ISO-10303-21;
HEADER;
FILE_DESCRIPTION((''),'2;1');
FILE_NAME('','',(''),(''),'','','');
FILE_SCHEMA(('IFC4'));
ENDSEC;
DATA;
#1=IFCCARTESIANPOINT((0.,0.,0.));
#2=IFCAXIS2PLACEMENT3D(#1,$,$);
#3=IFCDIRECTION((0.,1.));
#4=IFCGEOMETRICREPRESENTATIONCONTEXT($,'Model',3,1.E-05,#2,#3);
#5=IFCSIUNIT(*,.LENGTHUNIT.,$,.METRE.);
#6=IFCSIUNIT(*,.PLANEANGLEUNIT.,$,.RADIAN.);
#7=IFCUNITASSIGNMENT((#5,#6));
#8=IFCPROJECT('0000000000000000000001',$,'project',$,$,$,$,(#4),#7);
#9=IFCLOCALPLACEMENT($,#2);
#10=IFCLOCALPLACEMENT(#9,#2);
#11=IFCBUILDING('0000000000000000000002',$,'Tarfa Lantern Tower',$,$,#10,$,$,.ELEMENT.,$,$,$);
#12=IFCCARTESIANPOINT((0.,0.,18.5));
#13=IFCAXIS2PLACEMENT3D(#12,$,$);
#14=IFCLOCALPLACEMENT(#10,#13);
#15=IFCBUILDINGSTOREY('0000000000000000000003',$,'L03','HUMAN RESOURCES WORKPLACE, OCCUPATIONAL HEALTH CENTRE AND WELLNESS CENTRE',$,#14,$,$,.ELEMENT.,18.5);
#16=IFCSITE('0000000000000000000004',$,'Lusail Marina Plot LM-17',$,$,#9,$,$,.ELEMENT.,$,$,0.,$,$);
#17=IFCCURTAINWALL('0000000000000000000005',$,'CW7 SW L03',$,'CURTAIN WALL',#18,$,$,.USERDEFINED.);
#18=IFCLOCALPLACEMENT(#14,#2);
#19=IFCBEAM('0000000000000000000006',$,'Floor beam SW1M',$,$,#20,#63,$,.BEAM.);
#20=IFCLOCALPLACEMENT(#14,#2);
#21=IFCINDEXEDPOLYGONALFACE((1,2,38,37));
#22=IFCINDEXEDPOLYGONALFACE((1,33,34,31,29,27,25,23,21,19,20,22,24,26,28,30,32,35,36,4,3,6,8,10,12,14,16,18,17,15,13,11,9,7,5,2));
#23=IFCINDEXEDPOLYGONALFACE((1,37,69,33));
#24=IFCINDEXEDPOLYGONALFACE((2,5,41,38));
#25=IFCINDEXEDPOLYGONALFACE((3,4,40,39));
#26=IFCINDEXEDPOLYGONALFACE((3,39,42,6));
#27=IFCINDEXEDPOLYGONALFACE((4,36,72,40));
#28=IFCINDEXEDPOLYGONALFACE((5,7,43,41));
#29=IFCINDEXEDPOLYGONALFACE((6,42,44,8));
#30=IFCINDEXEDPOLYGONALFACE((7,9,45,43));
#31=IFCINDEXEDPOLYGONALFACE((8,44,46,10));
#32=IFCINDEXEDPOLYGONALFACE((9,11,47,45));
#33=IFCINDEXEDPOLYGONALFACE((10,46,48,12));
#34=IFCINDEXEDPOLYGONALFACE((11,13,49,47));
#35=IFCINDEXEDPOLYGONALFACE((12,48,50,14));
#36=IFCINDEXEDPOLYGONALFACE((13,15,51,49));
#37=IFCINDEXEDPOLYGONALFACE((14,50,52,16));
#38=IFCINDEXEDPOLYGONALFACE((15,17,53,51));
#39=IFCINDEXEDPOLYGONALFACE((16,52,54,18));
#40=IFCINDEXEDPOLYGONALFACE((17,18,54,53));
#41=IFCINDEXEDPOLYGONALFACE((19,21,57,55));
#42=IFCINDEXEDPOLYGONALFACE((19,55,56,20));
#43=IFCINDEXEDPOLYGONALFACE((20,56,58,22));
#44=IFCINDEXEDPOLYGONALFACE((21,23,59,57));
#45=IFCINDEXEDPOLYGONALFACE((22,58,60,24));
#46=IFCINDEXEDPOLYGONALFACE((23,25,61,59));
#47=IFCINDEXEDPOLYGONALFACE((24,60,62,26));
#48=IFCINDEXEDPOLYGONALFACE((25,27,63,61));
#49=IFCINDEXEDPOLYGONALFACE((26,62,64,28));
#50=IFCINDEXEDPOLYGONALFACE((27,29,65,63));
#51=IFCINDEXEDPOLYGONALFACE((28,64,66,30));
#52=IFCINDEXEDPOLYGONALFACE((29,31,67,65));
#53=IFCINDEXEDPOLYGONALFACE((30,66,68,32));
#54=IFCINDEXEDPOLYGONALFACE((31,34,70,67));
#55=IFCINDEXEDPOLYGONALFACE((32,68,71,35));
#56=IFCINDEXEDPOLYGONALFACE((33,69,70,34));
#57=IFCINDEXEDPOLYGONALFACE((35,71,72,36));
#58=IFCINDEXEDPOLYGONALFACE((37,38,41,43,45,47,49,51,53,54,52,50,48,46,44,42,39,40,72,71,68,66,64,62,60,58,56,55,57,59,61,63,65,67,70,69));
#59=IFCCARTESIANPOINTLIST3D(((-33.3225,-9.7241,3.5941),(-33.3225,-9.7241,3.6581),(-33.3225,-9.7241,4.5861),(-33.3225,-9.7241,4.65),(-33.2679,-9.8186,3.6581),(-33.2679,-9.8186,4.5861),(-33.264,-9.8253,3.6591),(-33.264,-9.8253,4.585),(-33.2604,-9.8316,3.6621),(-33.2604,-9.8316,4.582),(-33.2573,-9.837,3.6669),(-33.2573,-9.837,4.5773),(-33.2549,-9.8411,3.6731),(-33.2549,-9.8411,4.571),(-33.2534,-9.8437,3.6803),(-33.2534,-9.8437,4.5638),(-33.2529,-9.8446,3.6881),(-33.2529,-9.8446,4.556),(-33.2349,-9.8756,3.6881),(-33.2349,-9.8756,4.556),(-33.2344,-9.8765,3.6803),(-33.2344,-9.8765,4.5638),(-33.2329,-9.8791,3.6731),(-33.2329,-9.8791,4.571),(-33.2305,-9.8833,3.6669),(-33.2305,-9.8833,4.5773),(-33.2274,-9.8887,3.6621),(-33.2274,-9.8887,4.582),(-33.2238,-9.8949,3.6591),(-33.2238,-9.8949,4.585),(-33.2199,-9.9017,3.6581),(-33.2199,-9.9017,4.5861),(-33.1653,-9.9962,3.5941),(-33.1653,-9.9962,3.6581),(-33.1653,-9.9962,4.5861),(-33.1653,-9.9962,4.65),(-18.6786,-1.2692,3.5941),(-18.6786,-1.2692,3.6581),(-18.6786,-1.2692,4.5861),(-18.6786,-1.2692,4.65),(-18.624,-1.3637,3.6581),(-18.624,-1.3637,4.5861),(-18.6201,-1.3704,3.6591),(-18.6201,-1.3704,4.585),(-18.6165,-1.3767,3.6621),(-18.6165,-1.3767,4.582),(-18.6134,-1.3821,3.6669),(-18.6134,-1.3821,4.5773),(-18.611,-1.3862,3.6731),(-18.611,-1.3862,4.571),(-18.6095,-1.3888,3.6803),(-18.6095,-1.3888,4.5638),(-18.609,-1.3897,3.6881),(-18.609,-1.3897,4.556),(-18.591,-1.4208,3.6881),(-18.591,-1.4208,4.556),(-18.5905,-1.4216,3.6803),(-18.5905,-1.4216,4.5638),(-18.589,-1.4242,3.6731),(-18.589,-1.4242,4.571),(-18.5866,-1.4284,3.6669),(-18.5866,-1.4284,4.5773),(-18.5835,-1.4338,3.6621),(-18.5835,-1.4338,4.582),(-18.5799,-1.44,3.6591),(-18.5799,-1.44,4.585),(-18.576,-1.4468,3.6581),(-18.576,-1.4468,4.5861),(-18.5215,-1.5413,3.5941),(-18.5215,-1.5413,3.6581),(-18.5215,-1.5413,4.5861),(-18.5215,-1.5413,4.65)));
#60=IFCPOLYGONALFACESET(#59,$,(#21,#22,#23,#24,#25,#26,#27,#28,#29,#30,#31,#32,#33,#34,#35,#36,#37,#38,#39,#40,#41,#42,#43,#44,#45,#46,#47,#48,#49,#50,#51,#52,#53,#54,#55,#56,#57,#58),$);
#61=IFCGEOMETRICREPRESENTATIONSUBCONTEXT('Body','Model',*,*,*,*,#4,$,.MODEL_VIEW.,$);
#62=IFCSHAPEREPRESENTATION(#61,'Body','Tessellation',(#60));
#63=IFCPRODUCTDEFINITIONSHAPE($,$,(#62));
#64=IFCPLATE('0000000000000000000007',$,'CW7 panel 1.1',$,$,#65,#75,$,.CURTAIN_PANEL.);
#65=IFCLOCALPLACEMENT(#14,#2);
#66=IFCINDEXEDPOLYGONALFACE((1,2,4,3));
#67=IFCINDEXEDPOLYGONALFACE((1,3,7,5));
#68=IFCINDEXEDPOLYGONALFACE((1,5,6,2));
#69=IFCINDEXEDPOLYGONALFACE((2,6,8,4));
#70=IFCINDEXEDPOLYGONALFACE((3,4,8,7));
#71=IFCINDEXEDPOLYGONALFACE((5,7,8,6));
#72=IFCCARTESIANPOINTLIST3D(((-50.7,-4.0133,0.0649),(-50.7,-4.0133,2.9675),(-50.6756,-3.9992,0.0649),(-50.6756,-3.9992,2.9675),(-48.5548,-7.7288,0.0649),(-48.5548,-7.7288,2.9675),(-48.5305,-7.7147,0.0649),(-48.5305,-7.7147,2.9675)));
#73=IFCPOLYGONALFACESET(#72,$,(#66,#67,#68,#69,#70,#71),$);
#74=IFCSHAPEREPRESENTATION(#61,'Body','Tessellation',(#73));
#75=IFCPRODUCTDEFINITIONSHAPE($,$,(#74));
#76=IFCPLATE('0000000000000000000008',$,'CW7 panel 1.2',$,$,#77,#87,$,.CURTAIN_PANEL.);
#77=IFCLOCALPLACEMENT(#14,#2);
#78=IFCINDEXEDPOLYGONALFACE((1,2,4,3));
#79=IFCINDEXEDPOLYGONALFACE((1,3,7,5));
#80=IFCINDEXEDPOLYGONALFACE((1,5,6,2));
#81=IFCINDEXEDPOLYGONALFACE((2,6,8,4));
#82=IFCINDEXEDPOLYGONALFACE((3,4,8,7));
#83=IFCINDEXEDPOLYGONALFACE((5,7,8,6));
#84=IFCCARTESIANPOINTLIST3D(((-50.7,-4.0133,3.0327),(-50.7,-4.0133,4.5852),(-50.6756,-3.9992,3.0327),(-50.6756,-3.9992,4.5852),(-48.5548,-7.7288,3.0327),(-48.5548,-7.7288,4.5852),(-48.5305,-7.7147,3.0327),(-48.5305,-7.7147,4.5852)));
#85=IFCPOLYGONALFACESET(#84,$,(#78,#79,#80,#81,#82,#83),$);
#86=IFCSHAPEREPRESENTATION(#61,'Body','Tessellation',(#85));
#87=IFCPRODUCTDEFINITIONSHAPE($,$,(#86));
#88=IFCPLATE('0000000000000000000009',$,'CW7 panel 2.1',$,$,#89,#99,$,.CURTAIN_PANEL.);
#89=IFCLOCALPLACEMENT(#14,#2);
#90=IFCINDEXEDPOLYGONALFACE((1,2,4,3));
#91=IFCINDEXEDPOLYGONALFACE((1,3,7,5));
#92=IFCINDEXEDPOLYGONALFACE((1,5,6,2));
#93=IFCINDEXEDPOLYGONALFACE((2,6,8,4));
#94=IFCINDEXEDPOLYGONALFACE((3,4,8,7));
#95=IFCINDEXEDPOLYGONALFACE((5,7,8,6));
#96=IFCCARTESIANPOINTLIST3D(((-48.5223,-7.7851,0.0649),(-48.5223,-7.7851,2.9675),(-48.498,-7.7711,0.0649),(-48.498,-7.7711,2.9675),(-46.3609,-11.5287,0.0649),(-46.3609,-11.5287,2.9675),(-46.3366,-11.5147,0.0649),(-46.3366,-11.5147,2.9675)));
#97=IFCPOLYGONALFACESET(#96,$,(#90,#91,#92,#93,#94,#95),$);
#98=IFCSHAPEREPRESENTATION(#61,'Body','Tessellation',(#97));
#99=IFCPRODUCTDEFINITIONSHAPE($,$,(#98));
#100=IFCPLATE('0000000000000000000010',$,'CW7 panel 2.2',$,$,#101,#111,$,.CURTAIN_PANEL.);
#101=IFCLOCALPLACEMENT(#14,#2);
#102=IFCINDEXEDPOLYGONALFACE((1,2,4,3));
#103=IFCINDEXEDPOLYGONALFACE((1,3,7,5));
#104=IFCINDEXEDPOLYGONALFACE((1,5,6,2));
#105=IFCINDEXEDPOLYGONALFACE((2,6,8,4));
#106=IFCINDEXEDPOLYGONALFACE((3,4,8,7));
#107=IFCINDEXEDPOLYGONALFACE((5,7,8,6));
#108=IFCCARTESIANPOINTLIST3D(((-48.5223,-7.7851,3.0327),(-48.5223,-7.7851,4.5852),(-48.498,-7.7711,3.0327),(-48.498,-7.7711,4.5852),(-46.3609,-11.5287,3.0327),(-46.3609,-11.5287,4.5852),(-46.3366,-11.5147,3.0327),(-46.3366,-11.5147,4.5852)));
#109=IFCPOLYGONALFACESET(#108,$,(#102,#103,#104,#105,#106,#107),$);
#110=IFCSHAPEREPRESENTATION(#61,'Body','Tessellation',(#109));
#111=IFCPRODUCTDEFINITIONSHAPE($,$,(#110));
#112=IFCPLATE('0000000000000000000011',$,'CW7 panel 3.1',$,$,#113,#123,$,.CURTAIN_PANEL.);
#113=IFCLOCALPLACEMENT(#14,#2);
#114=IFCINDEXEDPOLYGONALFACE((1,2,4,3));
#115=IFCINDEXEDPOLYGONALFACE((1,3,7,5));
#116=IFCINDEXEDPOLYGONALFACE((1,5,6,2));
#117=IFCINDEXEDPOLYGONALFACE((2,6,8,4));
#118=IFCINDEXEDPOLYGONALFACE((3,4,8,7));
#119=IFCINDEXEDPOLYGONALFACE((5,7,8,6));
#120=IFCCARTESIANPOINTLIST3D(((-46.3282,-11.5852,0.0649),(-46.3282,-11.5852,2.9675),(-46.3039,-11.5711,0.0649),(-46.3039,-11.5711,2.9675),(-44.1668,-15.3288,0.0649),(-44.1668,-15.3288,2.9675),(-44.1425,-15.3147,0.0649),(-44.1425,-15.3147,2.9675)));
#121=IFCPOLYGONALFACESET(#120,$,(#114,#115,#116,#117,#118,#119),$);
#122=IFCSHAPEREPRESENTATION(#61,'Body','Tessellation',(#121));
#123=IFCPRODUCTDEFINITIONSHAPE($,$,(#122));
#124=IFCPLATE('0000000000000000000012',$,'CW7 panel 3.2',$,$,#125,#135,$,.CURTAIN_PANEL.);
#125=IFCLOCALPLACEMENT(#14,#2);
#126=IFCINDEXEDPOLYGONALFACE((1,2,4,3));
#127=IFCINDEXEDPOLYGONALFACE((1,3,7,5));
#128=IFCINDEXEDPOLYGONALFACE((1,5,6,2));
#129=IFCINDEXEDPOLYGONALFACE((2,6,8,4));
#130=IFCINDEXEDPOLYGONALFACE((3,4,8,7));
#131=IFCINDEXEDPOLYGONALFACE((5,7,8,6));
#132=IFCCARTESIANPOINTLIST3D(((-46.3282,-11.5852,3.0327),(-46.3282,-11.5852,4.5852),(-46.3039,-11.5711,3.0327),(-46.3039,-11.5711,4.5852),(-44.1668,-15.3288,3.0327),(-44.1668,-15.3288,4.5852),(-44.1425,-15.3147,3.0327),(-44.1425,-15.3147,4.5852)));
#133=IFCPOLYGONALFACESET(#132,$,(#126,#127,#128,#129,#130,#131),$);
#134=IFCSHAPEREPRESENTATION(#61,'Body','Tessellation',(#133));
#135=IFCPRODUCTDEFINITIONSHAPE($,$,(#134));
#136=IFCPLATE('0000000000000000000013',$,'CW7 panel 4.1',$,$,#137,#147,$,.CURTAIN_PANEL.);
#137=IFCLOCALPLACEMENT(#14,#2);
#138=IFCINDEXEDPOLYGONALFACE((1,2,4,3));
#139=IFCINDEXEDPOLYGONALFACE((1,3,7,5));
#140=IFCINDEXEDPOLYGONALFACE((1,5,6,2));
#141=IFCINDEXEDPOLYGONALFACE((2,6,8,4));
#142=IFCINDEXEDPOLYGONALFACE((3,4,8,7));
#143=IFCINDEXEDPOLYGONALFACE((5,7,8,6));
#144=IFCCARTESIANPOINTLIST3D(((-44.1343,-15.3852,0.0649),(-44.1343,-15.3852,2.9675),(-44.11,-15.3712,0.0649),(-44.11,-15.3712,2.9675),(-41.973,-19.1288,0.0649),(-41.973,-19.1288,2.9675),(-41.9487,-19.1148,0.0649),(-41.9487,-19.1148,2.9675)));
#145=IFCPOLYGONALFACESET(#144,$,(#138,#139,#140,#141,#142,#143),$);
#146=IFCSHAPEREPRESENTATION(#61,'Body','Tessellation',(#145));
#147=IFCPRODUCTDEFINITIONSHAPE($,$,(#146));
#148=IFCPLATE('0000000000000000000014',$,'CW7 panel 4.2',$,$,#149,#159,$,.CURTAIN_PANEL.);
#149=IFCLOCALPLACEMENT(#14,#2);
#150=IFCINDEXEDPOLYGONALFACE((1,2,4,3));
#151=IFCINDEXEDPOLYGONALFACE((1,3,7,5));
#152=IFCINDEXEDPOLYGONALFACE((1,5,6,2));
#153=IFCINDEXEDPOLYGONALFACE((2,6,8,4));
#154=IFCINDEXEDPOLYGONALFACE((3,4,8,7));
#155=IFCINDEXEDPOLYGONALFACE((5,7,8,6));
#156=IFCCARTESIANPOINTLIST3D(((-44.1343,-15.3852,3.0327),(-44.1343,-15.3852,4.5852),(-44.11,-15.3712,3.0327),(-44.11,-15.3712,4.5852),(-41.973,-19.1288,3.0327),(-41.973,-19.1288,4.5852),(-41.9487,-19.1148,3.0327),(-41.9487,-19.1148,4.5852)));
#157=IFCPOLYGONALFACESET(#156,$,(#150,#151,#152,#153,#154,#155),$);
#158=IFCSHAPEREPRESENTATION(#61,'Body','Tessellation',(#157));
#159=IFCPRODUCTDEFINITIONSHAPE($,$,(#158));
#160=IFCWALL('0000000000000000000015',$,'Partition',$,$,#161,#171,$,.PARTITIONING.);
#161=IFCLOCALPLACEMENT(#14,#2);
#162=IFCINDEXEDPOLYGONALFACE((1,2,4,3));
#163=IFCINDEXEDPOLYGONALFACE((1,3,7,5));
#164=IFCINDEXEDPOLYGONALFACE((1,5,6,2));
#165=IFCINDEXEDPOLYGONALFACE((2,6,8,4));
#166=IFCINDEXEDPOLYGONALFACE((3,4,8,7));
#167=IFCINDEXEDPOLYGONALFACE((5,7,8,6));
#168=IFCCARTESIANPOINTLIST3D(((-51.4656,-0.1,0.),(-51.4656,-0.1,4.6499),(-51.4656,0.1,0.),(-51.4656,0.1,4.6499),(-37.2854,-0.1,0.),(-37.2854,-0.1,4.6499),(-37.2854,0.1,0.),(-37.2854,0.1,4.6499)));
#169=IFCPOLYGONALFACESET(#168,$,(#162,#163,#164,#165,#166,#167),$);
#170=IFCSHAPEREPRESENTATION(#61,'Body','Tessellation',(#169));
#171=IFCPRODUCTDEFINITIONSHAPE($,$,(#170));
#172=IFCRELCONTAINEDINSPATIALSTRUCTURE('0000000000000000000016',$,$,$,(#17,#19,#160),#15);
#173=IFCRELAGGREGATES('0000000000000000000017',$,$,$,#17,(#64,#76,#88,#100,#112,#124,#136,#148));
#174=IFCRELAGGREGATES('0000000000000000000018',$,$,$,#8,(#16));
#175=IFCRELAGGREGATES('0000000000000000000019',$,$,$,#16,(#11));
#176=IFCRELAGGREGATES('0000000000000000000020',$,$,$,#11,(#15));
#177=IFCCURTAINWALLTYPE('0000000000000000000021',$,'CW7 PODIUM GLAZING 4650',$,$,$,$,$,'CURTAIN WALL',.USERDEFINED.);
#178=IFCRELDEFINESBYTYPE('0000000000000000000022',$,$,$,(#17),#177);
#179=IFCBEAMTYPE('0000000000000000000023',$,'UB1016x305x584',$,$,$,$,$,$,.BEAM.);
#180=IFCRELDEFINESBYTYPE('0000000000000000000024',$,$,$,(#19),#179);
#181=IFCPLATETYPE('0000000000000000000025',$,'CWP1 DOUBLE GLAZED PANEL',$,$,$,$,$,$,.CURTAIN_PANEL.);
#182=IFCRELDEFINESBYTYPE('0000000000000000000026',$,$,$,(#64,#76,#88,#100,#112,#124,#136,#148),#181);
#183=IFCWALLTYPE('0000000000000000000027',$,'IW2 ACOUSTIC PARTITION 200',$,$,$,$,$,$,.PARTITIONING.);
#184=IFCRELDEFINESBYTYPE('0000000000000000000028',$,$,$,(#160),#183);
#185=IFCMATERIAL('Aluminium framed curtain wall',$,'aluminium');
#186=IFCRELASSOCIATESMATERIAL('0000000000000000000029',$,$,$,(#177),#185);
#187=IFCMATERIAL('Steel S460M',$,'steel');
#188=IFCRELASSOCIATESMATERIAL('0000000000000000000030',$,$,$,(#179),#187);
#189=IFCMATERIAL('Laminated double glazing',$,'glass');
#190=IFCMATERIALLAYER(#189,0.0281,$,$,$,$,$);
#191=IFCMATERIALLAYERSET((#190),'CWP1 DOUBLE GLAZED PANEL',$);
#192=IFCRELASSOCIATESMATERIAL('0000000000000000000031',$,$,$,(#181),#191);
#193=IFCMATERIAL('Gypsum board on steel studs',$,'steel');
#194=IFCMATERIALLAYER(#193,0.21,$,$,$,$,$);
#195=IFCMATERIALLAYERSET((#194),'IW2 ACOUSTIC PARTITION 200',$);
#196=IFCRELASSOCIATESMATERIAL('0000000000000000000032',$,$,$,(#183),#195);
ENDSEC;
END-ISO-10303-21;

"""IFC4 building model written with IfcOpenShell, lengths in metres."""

from ifc_helpers import new_model, si_unit, direction, frame, frame_2d, origin, origin_2d, place, context, subcontext, project, spatial, rectangle, i_section, extrude, material, layer, layer_set, material_profile, profile_set, type_object, element, aggregate, save


model = new_model("IFC4")

# Units and contexts
model_context = context("Model", 3, precision=1e-05, world=origin(), true_north=direction((0.0, 1.0)))
body_context = subcontext(model_context, "Body", "Model", "MODEL_VIEW")
ifc_project = project(units=[si_unit("LENGTHUNIT", "METRE"), si_unit("PLANEANGLEUNIT", "RADIAN")], contexts=[model_context])

# Site, building, storey
site_placement = place(None, origin())
site = spatial("IfcSite", under=ifc_project, at=site_placement, Name="Lusail Marina Plot LM-17", CompositionType="ELEMENT", RefElevation=0.0)
building_placement = place(site_placement, origin())
building = spatial("IfcBuilding", under=site, at=building_placement, Name="Tarfa Lantern Tower", CompositionType="ELEMENT")
storey_placement = place(building_placement, frame((0.0, 0.0, 18.5)))
storey = spatial("IfcBuildingStorey", under=building, at=storey_placement, Name="L03", Description="HUMAN RESOURCES WORKPLACE, OCCUPATIONAL HEALTH CENTRE AND WELLNESS CENTRE", CompositionType="ELEMENT", Elevation=18.5)

# Curtain wall
ifc_material_1 = material(Name="Aluminium framed curtain wall", Category="aluminium")
curtain_wall_type = type_object("IfcCurtainWallType", Name="CW7 PODIUM GLAZING 4650", ElementType="CURTAIN WALL", PredefinedType="USERDEFINED", material=ifc_material_1)
curtain_wall_placement = place(storey_placement, origin())
curtain_wall = element("IfcCurtainWall", 1, at=curtain_wall_placement, inside=storey, type_object=curtain_wall_type, Name="CW7 SW L03", ObjectType="CURTAIN WALL", PredefinedType="USERDEFINED")

# Beam
ifc_material_2 = material(Name="Steel S460M", Category="steel")
ifc_material_profile_1 = material_profile(ifc_material_2, i_section(OverallWidth=0.3142, OverallDepth=1.0559, WebThickness=0.0359, FlangeThickness=0.064, FilletRadius=0.03, at=origin_2d()), Name="UB1016x305x584")
ifc_profile_set_1 = profile_set([ifc_material_profile_1], Name="Steel S460M")
beam_type_1 = type_object("IfcBeamType", Name="UB1016x305x584", PredefinedType="BEAM", material=ifc_profile_set_1)
beam_1_placement = place(storey_placement, frame((-33.2439, -9.8601, 4.1221), z_axis=(0.866019, 0.50001, 0.0), x_axis=(-0.50001, 0.866019, 0.0)))
element("IfcBeam", 2, at=beam_1_placement, inside=storey, type_object=beam_type_1, Name="Floor beam SW1M", PredefinedType="BEAM", context=body_context, shape_type="SweptSolid", body=[
    extrude(i_section(OverallWidth=0.3142, OverallDepth=1.0559, WebThickness=0.0359, FlangeThickness=0.064, FilletRadius=0.03, at=origin_2d()), origin(), (0.0, 0.0, 1.0), 16.9094),
])

# Plates
ifc_material_3 = material(Name="Laminated double glazing", Category="glass")
ifc_layer_1 = layer(ifc_material_3, 0.0281)
ifc_layer_set_1 = layer_set([ifc_layer_1], Name="CWP1 DOUBLE GLAZED PANEL")
plate_type = type_object("IfcPlateType", Name="CWP1 DOUBLE GLAZED PANEL", PredefinedType="CURTAIN_PANEL", material=ifc_layer_set_1)
plate_1_placement = place(storey_placement, frame((-49.6152, -5.864, 0.0649), z_axis=(0.0, 0.0, 1.0), x_axis=(0.5, -0.866025, 0.0)))
plate_1 = element("IfcPlate", 3, at=plate_1_placement, type_object=plate_type, Name="CW7 panel 1.1", PredefinedType="CURTAIN_PANEL", context=body_context, shape_type="SweptSolid", body=[
    extrude(rectangle(XDim=4.2903, YDim=0.0281, at=origin_2d()), origin(), (0.0, 0.0, 1.0), 2.9026),
])
plate_2_placement = place(storey_placement, frame((-49.6152, -5.864, 3.0327), z_axis=(0.0, 0.0, 1.0), x_axis=(0.5, -0.866025, 0.0)))
plate_2 = element("IfcPlate", 4, at=plate_2_placement, type_object=plate_type, Name="CW7 panel 1.2", PredefinedType="CURTAIN_PANEL", context=body_context, shape_type="SweptSolid", body=[
    extrude(rectangle(XDim=4.2903, YDim=0.0281, at=origin_2d()), origin(), (0.0, 0.0, 1.0), 1.5525),
])
plate_3_placement = place(storey_placement, frame((-47.4294, -9.6499, 0.0649), z_axis=(0.0, 0.0, 1.0), x_axis=(0.5, -0.866025, 0.0)))
plate_3 = element("IfcPlate", 5, at=plate_3_placement, type_object=plate_type, Name="CW7 panel 2.1", PredefinedType="CURTAIN_PANEL", context=body_context, shape_type="SweptSolid", body=[
    extrude(rectangle(XDim=4.3228, YDim=0.0281, at=origin_2d()), origin(), (0.0, 0.0, 1.0), 2.9026),
])
plate_4_placement = place(storey_placement, frame((-47.4294, -9.6499, 3.0327), z_axis=(0.0, 0.0, 1.0), x_axis=(0.5, -0.866025, 0.0)))
plate_4 = element("IfcPlate", 6, at=plate_4_placement, type_object=plate_type, Name="CW7 panel 2.2", PredefinedType="CURTAIN_PANEL", context=body_context, shape_type="SweptSolid", body=[
    extrude(rectangle(XDim=4.3228, YDim=0.0281, at=origin_2d()), origin(), (0.0, 0.0, 1.0), 1.5525),
])
plate_5_placement = place(storey_placement, frame((-45.2354, -13.45, 0.0649), z_axis=(0.0, 0.0, 1.0), x_axis=(0.5, -0.866025, 0.0)))
plate_5 = element("IfcPlate", 7, at=plate_5_placement, type_object=plate_type, Name="CW7 panel 3.1", PredefinedType="CURTAIN_PANEL", context=body_context, shape_type="SweptSolid", body=[
    extrude(rectangle(XDim=4.3228, YDim=0.0281, at=origin_2d()), origin(), (0.0, 0.0, 1.0), 2.9026),
])
plate_6_placement = place(storey_placement, frame((-45.2354, -13.45, 3.0327), z_axis=(0.0, 0.0, 1.0), x_axis=(0.5, -0.866025, 0.0)))
plate_6 = element("IfcPlate", 8, at=plate_6_placement, type_object=plate_type, Name="CW7 panel 3.2", PredefinedType="CURTAIN_PANEL", context=body_context, shape_type="SweptSolid", body=[
    extrude(rectangle(XDim=4.3228, YDim=0.0281, at=origin_2d()), origin(), (0.0, 0.0, 1.0), 1.5525),
])
plate_7_placement = place(storey_placement, frame((-43.0415, -17.25, 0.0649), z_axis=(0.0, 0.0, 1.0), x_axis=(0.5, -0.866025, 0.0)))
plate_7 = element("IfcPlate", 9, at=plate_7_placement, type_object=plate_type, Name="CW7 panel 4.1", PredefinedType="CURTAIN_PANEL", context=body_context, shape_type="SweptSolid", body=[
    extrude(rectangle(XDim=4.3228, YDim=0.0281, at=origin_2d()), origin(), (0.0, 0.0, 1.0), 2.9026),
])
plate_8_placement = place(storey_placement, frame((-43.0415, -17.25, 3.0327), z_axis=(0.0, 0.0, 1.0), x_axis=(0.5, -0.866025, 0.0)))
plate_8 = element("IfcPlate", 10, at=plate_8_placement, type_object=plate_type, Name="CW7 panel 4.2", PredefinedType="CURTAIN_PANEL", context=body_context, shape_type="SweptSolid", body=[
    extrude(rectangle(XDim=4.3228, YDim=0.0281, at=origin_2d()), origin(), (0.0, 0.0, 1.0), 1.5525),
])
aggregate(curtain_wall, [plate_1, plate_2, plate_3, plate_4, plate_5, plate_6, plate_7, plate_8])

# Wall
ifc_material_4 = material(Name="Gypsum board on steel studs", Category="steel")
ifc_layer_2 = layer(ifc_material_4, 0.21)
ifc_layer_set_2 = layer_set([ifc_layer_2], Name="IW2 ACOUSTIC PARTITION 200")
wall_type = type_object("IfcWallType", Name="IW2 ACOUSTIC PARTITION 200", PredefinedType="PARTITIONING", material=ifc_layer_set_2)
wall_placement = place(storey_placement, frame((-37.2854, 0.0, 0.0), z_axis=(0.0, 0.0, 1.0), x_axis=(-1.0, 0.0, 0.0)))
element("IfcWall", 11, at=wall_placement, inside=storey, type_object=wall_type, Name="Partition", PredefinedType="PARTITIONING", context=body_context, shape_type="SweptSolid", body=[
    extrude(rectangle(XDim=14.1802, YDim=0.2, at=frame_2d((7.0901, 0.0))), origin(), (0.0, 0.0, 1.0), 4.6499),
])

save(model, "model.ifc")
